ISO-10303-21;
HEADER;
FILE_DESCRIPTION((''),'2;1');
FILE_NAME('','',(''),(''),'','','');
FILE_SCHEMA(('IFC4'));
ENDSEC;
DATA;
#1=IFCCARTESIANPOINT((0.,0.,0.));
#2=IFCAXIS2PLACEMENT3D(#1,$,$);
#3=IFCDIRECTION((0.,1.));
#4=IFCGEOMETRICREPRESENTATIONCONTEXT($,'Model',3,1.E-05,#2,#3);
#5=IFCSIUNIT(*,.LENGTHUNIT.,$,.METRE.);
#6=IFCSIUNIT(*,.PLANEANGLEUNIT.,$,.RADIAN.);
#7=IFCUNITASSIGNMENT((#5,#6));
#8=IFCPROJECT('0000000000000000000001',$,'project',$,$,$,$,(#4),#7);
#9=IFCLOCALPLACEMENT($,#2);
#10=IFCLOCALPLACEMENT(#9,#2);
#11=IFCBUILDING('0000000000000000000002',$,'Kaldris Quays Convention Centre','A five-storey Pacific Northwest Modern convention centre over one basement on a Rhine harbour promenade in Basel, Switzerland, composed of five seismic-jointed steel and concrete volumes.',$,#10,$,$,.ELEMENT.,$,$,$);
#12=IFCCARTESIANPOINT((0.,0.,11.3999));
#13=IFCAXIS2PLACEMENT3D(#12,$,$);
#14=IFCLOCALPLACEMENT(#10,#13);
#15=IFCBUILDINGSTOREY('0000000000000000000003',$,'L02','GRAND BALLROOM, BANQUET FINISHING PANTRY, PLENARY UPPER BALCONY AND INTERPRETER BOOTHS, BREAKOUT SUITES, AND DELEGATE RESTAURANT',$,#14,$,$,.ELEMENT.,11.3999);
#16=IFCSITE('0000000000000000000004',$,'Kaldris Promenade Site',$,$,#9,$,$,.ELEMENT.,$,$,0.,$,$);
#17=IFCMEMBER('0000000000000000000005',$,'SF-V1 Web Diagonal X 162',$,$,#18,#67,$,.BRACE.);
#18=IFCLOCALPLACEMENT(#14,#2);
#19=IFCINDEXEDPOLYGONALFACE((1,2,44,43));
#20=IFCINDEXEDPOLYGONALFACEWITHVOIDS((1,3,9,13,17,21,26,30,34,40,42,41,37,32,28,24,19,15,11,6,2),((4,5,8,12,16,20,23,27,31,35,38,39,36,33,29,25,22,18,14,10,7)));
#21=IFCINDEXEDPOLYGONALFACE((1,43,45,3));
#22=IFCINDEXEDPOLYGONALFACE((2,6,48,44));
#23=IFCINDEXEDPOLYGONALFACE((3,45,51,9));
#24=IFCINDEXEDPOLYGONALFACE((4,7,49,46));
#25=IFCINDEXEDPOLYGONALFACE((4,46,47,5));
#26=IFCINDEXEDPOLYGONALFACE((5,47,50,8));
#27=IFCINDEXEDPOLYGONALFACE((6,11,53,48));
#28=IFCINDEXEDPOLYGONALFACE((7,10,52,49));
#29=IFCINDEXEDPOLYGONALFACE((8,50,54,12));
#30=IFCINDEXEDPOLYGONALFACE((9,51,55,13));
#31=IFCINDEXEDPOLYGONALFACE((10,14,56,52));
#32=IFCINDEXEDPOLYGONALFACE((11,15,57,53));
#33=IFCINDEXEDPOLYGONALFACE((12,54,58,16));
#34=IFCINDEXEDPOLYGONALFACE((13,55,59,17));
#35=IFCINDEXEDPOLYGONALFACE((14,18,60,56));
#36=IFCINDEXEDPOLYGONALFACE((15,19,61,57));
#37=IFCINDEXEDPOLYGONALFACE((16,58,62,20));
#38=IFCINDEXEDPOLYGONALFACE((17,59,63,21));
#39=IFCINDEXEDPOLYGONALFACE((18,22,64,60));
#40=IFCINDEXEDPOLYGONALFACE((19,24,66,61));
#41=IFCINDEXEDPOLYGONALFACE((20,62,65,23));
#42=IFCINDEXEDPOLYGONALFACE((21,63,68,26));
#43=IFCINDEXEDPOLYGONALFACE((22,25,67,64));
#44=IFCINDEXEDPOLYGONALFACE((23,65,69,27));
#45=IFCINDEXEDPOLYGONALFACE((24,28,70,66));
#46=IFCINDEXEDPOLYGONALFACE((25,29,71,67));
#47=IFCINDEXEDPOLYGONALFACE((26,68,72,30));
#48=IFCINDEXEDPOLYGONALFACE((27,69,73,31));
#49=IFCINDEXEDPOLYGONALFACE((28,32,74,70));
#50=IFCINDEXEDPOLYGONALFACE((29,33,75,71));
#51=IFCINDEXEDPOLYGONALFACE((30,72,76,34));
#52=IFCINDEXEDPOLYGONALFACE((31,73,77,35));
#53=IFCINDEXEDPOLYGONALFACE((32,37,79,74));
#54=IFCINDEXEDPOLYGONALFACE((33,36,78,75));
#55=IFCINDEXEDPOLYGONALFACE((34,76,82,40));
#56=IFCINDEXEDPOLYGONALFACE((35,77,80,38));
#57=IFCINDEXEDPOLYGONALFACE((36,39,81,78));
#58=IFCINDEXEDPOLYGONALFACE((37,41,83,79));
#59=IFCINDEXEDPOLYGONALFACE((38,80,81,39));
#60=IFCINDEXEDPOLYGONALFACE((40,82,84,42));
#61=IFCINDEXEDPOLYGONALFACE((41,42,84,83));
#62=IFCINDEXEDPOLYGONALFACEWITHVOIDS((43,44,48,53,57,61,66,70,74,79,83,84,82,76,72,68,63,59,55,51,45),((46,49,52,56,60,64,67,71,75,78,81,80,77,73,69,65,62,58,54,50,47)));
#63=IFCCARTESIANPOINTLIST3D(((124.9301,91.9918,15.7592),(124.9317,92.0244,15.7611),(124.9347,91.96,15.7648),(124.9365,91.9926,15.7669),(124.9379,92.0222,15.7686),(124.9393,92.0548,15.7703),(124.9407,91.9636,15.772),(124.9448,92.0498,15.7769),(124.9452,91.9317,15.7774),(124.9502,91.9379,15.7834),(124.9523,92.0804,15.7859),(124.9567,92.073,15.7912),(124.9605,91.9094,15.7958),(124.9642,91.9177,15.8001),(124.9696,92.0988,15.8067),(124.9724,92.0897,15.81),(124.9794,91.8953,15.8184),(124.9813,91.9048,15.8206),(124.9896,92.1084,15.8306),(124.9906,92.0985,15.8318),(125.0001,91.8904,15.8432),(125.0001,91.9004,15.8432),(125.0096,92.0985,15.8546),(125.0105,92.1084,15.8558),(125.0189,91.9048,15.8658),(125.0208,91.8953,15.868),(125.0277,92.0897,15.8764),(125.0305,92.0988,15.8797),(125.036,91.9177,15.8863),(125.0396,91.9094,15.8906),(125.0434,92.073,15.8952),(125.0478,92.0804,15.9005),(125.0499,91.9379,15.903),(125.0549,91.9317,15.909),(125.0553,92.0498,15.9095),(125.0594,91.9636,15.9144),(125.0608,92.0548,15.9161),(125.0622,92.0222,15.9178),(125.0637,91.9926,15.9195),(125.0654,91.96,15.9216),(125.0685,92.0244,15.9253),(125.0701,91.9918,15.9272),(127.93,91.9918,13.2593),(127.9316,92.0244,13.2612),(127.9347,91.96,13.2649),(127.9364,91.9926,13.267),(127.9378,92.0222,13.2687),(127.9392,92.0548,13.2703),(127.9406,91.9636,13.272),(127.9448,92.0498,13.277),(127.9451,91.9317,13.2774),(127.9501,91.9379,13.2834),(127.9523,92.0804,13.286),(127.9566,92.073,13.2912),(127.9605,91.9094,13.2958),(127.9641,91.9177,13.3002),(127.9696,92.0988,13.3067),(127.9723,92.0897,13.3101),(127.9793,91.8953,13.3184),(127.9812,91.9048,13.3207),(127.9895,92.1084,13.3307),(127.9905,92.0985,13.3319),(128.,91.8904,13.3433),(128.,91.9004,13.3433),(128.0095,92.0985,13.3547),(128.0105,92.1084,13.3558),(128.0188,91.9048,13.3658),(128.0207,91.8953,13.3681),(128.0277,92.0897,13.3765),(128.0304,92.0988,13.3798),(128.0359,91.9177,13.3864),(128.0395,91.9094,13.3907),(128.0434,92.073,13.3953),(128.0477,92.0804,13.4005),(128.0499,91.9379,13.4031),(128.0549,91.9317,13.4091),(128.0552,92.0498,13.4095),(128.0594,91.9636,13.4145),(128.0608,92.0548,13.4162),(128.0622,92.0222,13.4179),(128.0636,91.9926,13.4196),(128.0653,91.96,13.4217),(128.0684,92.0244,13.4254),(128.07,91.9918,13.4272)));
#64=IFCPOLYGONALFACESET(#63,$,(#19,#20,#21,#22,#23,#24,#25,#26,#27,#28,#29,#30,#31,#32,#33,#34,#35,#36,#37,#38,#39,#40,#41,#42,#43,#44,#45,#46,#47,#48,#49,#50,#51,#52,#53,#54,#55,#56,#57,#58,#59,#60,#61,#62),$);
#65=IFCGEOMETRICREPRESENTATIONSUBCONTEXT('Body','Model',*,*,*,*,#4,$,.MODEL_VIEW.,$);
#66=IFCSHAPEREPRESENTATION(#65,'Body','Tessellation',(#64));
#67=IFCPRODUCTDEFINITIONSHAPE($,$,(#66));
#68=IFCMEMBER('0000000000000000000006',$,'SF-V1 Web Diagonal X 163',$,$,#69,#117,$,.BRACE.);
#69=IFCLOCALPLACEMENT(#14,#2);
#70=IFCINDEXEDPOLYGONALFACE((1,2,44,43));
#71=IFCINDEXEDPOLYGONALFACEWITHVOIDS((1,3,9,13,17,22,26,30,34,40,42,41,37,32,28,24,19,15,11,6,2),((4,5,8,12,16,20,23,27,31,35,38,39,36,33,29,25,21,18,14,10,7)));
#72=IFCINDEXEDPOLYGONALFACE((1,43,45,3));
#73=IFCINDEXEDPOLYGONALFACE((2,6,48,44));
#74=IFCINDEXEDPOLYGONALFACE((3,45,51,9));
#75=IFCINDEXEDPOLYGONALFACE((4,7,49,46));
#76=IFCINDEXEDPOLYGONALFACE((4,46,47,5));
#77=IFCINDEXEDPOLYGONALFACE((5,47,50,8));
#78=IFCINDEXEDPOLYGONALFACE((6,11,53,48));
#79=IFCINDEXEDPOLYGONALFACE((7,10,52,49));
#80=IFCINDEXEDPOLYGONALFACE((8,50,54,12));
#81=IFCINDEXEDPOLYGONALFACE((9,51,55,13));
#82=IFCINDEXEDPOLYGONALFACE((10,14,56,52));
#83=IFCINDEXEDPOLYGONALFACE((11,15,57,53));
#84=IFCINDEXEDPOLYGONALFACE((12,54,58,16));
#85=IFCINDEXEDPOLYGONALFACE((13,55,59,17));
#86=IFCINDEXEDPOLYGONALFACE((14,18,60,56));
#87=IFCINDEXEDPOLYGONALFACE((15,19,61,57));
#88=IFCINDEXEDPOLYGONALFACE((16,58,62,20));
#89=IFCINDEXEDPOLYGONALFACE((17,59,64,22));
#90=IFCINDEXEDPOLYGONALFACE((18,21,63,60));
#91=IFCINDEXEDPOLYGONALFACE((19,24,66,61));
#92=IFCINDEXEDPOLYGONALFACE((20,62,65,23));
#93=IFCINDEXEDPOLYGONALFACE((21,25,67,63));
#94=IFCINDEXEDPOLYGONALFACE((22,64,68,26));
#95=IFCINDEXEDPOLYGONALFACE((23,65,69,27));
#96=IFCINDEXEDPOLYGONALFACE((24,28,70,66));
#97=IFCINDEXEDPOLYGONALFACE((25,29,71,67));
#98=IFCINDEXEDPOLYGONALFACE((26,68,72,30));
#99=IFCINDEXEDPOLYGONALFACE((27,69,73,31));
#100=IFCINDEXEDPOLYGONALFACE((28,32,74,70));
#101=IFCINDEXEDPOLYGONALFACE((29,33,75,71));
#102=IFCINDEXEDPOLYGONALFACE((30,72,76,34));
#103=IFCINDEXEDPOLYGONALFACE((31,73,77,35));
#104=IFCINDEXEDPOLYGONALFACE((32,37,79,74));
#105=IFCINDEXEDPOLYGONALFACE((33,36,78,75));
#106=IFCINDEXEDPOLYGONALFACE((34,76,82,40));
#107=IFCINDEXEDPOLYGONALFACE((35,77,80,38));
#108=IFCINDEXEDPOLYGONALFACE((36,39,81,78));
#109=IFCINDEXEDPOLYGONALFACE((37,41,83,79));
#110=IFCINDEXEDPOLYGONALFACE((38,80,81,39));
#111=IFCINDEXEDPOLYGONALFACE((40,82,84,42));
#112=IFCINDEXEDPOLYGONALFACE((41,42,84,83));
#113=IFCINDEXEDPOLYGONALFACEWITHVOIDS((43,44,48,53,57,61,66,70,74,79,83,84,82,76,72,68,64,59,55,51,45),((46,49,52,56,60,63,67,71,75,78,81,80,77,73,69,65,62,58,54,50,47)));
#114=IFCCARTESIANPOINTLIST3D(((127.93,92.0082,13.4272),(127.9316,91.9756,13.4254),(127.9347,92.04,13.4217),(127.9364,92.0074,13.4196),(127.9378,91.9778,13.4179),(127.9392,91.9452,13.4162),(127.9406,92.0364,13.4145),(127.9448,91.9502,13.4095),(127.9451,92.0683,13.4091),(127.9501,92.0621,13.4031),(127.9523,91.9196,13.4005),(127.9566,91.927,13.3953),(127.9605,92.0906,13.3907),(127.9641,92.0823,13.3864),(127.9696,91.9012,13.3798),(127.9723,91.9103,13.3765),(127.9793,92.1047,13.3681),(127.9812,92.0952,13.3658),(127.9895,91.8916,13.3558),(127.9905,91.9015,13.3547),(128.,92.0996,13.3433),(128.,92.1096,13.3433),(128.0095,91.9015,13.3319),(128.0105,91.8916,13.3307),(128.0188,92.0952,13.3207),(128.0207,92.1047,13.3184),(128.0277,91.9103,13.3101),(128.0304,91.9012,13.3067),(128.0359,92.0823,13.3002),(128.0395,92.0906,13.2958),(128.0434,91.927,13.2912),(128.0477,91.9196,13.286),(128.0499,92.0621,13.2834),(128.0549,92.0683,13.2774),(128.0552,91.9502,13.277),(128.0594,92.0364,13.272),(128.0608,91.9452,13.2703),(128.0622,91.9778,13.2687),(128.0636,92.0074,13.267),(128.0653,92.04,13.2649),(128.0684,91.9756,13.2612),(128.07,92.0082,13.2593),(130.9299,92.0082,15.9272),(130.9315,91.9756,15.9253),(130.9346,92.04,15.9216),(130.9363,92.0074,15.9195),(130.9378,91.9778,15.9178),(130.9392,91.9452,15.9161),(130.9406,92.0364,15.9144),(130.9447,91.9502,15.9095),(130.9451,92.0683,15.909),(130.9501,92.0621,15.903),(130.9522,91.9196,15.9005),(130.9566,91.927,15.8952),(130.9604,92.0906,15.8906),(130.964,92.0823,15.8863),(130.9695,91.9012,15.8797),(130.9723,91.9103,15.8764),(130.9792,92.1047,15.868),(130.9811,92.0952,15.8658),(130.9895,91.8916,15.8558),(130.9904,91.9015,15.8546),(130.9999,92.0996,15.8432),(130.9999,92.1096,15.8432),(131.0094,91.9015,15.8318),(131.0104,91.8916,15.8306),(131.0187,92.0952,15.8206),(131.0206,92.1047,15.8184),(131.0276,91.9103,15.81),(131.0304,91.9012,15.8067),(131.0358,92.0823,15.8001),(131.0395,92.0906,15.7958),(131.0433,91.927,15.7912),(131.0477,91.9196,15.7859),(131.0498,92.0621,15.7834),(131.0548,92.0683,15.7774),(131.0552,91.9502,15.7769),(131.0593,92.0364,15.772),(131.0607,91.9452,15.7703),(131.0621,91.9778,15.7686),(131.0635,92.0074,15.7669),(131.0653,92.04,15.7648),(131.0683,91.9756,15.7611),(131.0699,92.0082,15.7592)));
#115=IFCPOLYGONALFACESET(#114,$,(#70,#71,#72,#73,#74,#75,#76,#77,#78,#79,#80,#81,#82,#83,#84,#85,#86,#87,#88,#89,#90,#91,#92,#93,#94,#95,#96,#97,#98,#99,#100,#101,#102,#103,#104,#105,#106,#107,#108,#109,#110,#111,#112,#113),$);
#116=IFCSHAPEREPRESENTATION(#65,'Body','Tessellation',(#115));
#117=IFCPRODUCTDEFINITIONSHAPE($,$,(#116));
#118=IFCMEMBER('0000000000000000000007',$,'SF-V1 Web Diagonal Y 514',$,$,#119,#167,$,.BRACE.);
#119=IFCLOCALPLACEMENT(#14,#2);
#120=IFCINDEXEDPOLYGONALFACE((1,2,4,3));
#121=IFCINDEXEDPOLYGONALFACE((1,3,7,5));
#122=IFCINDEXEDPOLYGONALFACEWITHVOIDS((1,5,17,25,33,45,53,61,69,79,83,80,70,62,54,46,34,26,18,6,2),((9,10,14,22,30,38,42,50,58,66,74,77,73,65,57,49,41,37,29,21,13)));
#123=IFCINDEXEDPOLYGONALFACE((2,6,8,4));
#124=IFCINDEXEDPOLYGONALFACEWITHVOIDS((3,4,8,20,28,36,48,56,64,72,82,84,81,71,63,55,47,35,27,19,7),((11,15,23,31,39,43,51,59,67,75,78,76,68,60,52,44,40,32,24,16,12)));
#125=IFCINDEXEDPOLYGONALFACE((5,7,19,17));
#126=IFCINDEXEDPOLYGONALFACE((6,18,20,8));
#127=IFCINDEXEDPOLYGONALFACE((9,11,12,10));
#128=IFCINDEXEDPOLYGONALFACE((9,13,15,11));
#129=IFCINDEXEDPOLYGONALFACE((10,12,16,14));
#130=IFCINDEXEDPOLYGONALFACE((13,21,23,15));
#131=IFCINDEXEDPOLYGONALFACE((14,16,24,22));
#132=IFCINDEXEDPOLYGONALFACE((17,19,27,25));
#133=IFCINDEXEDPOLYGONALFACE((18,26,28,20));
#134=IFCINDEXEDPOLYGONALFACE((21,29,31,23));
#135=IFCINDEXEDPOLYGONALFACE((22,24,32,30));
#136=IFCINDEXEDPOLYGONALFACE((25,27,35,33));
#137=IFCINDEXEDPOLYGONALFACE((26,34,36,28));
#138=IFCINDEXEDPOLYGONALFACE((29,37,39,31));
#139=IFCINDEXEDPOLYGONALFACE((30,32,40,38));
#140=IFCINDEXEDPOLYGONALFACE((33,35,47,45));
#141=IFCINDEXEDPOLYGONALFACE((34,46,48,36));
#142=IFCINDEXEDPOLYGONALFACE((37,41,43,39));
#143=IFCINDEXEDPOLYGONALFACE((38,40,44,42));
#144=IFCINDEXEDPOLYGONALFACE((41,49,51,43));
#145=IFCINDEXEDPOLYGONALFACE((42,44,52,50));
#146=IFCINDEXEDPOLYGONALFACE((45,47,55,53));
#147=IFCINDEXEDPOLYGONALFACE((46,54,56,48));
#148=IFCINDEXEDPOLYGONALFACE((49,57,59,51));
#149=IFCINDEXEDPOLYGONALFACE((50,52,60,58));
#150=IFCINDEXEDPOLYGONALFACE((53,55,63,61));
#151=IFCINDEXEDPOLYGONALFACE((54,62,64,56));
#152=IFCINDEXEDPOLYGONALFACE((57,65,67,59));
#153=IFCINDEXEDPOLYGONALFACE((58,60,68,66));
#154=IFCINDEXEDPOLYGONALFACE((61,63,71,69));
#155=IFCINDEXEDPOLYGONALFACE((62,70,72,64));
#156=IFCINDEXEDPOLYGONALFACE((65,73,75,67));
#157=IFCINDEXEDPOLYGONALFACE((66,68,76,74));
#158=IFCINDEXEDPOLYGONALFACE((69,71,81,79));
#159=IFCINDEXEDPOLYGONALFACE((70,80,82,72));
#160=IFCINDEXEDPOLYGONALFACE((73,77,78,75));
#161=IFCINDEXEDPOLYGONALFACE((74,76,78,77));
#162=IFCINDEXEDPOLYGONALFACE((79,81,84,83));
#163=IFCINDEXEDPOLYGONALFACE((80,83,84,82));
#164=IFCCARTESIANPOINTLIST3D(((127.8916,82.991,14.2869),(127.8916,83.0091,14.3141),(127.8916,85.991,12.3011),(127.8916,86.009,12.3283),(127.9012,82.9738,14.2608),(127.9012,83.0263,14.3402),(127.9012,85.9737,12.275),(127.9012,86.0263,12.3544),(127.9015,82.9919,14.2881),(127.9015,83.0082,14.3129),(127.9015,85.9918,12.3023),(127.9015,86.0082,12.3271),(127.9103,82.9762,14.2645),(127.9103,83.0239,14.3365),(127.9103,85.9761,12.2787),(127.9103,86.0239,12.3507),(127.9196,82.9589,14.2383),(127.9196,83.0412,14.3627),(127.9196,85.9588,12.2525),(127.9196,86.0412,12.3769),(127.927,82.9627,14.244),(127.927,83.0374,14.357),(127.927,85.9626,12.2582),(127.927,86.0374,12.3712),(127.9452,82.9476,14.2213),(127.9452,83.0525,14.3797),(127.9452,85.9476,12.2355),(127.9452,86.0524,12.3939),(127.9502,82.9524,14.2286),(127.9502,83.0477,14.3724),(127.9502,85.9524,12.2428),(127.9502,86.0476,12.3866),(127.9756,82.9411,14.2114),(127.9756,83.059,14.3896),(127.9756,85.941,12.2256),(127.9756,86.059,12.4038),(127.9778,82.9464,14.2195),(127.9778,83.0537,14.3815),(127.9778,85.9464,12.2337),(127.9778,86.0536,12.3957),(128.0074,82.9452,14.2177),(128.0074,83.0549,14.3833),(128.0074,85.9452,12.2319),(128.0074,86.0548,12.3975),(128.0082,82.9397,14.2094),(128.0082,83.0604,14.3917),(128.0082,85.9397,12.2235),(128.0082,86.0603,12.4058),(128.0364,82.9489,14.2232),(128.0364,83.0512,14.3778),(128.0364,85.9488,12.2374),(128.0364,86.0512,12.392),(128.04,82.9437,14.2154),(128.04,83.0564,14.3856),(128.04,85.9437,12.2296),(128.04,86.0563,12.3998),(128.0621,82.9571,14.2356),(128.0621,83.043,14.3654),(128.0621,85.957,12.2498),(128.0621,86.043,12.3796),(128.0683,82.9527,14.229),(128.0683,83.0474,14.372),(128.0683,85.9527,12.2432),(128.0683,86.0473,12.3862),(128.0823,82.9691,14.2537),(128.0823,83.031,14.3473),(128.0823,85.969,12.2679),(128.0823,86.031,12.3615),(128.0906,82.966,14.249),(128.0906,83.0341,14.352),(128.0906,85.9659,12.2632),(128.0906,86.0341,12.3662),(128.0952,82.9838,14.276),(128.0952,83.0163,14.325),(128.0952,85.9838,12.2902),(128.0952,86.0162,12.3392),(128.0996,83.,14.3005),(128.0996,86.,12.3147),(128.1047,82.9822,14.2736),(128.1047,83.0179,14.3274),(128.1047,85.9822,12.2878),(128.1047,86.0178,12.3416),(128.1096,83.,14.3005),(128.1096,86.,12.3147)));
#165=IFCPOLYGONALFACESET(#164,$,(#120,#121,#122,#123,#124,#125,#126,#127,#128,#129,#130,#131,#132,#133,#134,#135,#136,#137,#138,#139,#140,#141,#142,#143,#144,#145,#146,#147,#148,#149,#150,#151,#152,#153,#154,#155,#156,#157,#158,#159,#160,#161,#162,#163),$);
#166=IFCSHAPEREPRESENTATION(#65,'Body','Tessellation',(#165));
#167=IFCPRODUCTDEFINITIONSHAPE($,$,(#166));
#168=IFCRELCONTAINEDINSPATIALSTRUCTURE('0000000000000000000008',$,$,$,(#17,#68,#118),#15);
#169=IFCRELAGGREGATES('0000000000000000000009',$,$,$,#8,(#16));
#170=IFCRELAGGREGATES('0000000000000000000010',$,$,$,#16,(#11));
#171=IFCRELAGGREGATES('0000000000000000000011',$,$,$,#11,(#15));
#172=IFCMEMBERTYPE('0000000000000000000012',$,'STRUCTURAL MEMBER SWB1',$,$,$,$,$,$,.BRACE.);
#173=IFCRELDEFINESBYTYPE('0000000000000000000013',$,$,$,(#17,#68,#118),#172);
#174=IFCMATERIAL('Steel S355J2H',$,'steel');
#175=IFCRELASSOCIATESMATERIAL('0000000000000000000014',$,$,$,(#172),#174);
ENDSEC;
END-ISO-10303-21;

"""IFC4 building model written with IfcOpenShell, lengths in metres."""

from ifc_helpers import new_model, si_unit, direction, frame, origin, origin_2d, place, context, subcontext, project, spatial, hollow_circle, extrude, material, material_profile, profile_set, type_object, element, save


model = new_model("IFC4")

# Units and contexts
model_context = context("Model", 3, precision=1e-05, world=origin(), true_north=direction((0.0, 1.0)))
body_context = subcontext(model_context, "Body", "Model", "MODEL_VIEW")
ifc_project = project(units=[si_unit("LENGTHUNIT", "METRE"), si_unit("PLANEANGLEUNIT", "RADIAN")], contexts=[model_context])

# Site, building, storey
site_placement = place(None, origin())
site = spatial("IfcSite", under=ifc_project, at=site_placement, Name="Kaldris Promenade Site", CompositionType="ELEMENT", RefElevation=0.0)
building_placement = place(site_placement, origin())
building = spatial("IfcBuilding", under=site, at=building_placement, Name="Kaldris Quays Convention Centre", Description="A five-storey Pacific Northwest Modern convention centre over one basement on a Rhine harbour promenade in Basel, Switzerland, composed of five seismic-jointed steel and concrete volumes.", CompositionType="ELEMENT")
storey_placement = place(building_placement, frame((0.0, 0.0, 11.3999)))
storey = spatial("IfcBuildingStorey", under=building, at=storey_placement, Name="L02", Description="GRAND BALLROOM, BANQUET FINISHING PANTRY, PLENARY UPPER BALCONY AND INTERPRETER BOOTHS, BREAKOUT SUITES, AND DELEGATE RESTAURANT", CompositionType="ELEMENT", Elevation=11.3999)

# Members
ifc_material_1 = material(Name="Steel S355J2H", Category="steel")
ifc_material_profile_1 = material_profile(ifc_material_1, hollow_circle(Radius=0.1096, WallThickness=0.01, at=origin_2d()), Name="CHS 219.1x10")
ifc_profile_set_1 = profile_set([ifc_material_profile_1], Name="Steel S355J2H")
member_type_1 = type_object("IfcMemberType", Name="STRUCTURAL MEMBER SWB1", PredefinedType="BRACE", material=ifc_profile_set_1)
for number, where, z_axis, x_axis, name in (
    (1, (128.0, 92.0, 13.3433), (-0.768221, 0.0, 0.640184), (0.0, -1.0, 0.0), "SF-V1 Web Diagonal X 162"),
    (2, (128.0, 92.0, 13.3433), (0.768221, 0.0, 0.640184), (0.0, 1.0, 0.0), "SF-V1 Web Diagonal X 163"),
):
    element("IfcMember", number, at=place(storey_placement, frame(where, z_axis=z_axis, x_axis=x_axis)), inside=storey, type_object=member_type_1, Name=name, PredefinedType="BRACE", context=body_context, shape_type="SweptSolid", body=[
        extrude(hollow_circle(Radius=0.1096, WallThickness=0.01, at=origin_2d()), origin(), (0.0, 0.0, 1.0), 3.905),
    ])
member_1_placement = place(storey_placement, frame((128.0, 86.0, 12.3147), z_axis=(0.0, -0.833862, 0.551972), x_axis=(1.0, 0.0, 0.0)))
element("IfcMember", 3, at=member_1_placement, inside=storey, type_object=member_type_1, Name="SF-V1 Web Diagonal Y 514", PredefinedType="BRACE", context=body_context, shape_type="SweptSolid", body=[
    extrude(hollow_circle(Radius=0.1096, WallThickness=0.01, at=origin_2d()), origin(), (0.0, 0.0, 1.0), 3.5977),
])

save(model, "model.ifc")
